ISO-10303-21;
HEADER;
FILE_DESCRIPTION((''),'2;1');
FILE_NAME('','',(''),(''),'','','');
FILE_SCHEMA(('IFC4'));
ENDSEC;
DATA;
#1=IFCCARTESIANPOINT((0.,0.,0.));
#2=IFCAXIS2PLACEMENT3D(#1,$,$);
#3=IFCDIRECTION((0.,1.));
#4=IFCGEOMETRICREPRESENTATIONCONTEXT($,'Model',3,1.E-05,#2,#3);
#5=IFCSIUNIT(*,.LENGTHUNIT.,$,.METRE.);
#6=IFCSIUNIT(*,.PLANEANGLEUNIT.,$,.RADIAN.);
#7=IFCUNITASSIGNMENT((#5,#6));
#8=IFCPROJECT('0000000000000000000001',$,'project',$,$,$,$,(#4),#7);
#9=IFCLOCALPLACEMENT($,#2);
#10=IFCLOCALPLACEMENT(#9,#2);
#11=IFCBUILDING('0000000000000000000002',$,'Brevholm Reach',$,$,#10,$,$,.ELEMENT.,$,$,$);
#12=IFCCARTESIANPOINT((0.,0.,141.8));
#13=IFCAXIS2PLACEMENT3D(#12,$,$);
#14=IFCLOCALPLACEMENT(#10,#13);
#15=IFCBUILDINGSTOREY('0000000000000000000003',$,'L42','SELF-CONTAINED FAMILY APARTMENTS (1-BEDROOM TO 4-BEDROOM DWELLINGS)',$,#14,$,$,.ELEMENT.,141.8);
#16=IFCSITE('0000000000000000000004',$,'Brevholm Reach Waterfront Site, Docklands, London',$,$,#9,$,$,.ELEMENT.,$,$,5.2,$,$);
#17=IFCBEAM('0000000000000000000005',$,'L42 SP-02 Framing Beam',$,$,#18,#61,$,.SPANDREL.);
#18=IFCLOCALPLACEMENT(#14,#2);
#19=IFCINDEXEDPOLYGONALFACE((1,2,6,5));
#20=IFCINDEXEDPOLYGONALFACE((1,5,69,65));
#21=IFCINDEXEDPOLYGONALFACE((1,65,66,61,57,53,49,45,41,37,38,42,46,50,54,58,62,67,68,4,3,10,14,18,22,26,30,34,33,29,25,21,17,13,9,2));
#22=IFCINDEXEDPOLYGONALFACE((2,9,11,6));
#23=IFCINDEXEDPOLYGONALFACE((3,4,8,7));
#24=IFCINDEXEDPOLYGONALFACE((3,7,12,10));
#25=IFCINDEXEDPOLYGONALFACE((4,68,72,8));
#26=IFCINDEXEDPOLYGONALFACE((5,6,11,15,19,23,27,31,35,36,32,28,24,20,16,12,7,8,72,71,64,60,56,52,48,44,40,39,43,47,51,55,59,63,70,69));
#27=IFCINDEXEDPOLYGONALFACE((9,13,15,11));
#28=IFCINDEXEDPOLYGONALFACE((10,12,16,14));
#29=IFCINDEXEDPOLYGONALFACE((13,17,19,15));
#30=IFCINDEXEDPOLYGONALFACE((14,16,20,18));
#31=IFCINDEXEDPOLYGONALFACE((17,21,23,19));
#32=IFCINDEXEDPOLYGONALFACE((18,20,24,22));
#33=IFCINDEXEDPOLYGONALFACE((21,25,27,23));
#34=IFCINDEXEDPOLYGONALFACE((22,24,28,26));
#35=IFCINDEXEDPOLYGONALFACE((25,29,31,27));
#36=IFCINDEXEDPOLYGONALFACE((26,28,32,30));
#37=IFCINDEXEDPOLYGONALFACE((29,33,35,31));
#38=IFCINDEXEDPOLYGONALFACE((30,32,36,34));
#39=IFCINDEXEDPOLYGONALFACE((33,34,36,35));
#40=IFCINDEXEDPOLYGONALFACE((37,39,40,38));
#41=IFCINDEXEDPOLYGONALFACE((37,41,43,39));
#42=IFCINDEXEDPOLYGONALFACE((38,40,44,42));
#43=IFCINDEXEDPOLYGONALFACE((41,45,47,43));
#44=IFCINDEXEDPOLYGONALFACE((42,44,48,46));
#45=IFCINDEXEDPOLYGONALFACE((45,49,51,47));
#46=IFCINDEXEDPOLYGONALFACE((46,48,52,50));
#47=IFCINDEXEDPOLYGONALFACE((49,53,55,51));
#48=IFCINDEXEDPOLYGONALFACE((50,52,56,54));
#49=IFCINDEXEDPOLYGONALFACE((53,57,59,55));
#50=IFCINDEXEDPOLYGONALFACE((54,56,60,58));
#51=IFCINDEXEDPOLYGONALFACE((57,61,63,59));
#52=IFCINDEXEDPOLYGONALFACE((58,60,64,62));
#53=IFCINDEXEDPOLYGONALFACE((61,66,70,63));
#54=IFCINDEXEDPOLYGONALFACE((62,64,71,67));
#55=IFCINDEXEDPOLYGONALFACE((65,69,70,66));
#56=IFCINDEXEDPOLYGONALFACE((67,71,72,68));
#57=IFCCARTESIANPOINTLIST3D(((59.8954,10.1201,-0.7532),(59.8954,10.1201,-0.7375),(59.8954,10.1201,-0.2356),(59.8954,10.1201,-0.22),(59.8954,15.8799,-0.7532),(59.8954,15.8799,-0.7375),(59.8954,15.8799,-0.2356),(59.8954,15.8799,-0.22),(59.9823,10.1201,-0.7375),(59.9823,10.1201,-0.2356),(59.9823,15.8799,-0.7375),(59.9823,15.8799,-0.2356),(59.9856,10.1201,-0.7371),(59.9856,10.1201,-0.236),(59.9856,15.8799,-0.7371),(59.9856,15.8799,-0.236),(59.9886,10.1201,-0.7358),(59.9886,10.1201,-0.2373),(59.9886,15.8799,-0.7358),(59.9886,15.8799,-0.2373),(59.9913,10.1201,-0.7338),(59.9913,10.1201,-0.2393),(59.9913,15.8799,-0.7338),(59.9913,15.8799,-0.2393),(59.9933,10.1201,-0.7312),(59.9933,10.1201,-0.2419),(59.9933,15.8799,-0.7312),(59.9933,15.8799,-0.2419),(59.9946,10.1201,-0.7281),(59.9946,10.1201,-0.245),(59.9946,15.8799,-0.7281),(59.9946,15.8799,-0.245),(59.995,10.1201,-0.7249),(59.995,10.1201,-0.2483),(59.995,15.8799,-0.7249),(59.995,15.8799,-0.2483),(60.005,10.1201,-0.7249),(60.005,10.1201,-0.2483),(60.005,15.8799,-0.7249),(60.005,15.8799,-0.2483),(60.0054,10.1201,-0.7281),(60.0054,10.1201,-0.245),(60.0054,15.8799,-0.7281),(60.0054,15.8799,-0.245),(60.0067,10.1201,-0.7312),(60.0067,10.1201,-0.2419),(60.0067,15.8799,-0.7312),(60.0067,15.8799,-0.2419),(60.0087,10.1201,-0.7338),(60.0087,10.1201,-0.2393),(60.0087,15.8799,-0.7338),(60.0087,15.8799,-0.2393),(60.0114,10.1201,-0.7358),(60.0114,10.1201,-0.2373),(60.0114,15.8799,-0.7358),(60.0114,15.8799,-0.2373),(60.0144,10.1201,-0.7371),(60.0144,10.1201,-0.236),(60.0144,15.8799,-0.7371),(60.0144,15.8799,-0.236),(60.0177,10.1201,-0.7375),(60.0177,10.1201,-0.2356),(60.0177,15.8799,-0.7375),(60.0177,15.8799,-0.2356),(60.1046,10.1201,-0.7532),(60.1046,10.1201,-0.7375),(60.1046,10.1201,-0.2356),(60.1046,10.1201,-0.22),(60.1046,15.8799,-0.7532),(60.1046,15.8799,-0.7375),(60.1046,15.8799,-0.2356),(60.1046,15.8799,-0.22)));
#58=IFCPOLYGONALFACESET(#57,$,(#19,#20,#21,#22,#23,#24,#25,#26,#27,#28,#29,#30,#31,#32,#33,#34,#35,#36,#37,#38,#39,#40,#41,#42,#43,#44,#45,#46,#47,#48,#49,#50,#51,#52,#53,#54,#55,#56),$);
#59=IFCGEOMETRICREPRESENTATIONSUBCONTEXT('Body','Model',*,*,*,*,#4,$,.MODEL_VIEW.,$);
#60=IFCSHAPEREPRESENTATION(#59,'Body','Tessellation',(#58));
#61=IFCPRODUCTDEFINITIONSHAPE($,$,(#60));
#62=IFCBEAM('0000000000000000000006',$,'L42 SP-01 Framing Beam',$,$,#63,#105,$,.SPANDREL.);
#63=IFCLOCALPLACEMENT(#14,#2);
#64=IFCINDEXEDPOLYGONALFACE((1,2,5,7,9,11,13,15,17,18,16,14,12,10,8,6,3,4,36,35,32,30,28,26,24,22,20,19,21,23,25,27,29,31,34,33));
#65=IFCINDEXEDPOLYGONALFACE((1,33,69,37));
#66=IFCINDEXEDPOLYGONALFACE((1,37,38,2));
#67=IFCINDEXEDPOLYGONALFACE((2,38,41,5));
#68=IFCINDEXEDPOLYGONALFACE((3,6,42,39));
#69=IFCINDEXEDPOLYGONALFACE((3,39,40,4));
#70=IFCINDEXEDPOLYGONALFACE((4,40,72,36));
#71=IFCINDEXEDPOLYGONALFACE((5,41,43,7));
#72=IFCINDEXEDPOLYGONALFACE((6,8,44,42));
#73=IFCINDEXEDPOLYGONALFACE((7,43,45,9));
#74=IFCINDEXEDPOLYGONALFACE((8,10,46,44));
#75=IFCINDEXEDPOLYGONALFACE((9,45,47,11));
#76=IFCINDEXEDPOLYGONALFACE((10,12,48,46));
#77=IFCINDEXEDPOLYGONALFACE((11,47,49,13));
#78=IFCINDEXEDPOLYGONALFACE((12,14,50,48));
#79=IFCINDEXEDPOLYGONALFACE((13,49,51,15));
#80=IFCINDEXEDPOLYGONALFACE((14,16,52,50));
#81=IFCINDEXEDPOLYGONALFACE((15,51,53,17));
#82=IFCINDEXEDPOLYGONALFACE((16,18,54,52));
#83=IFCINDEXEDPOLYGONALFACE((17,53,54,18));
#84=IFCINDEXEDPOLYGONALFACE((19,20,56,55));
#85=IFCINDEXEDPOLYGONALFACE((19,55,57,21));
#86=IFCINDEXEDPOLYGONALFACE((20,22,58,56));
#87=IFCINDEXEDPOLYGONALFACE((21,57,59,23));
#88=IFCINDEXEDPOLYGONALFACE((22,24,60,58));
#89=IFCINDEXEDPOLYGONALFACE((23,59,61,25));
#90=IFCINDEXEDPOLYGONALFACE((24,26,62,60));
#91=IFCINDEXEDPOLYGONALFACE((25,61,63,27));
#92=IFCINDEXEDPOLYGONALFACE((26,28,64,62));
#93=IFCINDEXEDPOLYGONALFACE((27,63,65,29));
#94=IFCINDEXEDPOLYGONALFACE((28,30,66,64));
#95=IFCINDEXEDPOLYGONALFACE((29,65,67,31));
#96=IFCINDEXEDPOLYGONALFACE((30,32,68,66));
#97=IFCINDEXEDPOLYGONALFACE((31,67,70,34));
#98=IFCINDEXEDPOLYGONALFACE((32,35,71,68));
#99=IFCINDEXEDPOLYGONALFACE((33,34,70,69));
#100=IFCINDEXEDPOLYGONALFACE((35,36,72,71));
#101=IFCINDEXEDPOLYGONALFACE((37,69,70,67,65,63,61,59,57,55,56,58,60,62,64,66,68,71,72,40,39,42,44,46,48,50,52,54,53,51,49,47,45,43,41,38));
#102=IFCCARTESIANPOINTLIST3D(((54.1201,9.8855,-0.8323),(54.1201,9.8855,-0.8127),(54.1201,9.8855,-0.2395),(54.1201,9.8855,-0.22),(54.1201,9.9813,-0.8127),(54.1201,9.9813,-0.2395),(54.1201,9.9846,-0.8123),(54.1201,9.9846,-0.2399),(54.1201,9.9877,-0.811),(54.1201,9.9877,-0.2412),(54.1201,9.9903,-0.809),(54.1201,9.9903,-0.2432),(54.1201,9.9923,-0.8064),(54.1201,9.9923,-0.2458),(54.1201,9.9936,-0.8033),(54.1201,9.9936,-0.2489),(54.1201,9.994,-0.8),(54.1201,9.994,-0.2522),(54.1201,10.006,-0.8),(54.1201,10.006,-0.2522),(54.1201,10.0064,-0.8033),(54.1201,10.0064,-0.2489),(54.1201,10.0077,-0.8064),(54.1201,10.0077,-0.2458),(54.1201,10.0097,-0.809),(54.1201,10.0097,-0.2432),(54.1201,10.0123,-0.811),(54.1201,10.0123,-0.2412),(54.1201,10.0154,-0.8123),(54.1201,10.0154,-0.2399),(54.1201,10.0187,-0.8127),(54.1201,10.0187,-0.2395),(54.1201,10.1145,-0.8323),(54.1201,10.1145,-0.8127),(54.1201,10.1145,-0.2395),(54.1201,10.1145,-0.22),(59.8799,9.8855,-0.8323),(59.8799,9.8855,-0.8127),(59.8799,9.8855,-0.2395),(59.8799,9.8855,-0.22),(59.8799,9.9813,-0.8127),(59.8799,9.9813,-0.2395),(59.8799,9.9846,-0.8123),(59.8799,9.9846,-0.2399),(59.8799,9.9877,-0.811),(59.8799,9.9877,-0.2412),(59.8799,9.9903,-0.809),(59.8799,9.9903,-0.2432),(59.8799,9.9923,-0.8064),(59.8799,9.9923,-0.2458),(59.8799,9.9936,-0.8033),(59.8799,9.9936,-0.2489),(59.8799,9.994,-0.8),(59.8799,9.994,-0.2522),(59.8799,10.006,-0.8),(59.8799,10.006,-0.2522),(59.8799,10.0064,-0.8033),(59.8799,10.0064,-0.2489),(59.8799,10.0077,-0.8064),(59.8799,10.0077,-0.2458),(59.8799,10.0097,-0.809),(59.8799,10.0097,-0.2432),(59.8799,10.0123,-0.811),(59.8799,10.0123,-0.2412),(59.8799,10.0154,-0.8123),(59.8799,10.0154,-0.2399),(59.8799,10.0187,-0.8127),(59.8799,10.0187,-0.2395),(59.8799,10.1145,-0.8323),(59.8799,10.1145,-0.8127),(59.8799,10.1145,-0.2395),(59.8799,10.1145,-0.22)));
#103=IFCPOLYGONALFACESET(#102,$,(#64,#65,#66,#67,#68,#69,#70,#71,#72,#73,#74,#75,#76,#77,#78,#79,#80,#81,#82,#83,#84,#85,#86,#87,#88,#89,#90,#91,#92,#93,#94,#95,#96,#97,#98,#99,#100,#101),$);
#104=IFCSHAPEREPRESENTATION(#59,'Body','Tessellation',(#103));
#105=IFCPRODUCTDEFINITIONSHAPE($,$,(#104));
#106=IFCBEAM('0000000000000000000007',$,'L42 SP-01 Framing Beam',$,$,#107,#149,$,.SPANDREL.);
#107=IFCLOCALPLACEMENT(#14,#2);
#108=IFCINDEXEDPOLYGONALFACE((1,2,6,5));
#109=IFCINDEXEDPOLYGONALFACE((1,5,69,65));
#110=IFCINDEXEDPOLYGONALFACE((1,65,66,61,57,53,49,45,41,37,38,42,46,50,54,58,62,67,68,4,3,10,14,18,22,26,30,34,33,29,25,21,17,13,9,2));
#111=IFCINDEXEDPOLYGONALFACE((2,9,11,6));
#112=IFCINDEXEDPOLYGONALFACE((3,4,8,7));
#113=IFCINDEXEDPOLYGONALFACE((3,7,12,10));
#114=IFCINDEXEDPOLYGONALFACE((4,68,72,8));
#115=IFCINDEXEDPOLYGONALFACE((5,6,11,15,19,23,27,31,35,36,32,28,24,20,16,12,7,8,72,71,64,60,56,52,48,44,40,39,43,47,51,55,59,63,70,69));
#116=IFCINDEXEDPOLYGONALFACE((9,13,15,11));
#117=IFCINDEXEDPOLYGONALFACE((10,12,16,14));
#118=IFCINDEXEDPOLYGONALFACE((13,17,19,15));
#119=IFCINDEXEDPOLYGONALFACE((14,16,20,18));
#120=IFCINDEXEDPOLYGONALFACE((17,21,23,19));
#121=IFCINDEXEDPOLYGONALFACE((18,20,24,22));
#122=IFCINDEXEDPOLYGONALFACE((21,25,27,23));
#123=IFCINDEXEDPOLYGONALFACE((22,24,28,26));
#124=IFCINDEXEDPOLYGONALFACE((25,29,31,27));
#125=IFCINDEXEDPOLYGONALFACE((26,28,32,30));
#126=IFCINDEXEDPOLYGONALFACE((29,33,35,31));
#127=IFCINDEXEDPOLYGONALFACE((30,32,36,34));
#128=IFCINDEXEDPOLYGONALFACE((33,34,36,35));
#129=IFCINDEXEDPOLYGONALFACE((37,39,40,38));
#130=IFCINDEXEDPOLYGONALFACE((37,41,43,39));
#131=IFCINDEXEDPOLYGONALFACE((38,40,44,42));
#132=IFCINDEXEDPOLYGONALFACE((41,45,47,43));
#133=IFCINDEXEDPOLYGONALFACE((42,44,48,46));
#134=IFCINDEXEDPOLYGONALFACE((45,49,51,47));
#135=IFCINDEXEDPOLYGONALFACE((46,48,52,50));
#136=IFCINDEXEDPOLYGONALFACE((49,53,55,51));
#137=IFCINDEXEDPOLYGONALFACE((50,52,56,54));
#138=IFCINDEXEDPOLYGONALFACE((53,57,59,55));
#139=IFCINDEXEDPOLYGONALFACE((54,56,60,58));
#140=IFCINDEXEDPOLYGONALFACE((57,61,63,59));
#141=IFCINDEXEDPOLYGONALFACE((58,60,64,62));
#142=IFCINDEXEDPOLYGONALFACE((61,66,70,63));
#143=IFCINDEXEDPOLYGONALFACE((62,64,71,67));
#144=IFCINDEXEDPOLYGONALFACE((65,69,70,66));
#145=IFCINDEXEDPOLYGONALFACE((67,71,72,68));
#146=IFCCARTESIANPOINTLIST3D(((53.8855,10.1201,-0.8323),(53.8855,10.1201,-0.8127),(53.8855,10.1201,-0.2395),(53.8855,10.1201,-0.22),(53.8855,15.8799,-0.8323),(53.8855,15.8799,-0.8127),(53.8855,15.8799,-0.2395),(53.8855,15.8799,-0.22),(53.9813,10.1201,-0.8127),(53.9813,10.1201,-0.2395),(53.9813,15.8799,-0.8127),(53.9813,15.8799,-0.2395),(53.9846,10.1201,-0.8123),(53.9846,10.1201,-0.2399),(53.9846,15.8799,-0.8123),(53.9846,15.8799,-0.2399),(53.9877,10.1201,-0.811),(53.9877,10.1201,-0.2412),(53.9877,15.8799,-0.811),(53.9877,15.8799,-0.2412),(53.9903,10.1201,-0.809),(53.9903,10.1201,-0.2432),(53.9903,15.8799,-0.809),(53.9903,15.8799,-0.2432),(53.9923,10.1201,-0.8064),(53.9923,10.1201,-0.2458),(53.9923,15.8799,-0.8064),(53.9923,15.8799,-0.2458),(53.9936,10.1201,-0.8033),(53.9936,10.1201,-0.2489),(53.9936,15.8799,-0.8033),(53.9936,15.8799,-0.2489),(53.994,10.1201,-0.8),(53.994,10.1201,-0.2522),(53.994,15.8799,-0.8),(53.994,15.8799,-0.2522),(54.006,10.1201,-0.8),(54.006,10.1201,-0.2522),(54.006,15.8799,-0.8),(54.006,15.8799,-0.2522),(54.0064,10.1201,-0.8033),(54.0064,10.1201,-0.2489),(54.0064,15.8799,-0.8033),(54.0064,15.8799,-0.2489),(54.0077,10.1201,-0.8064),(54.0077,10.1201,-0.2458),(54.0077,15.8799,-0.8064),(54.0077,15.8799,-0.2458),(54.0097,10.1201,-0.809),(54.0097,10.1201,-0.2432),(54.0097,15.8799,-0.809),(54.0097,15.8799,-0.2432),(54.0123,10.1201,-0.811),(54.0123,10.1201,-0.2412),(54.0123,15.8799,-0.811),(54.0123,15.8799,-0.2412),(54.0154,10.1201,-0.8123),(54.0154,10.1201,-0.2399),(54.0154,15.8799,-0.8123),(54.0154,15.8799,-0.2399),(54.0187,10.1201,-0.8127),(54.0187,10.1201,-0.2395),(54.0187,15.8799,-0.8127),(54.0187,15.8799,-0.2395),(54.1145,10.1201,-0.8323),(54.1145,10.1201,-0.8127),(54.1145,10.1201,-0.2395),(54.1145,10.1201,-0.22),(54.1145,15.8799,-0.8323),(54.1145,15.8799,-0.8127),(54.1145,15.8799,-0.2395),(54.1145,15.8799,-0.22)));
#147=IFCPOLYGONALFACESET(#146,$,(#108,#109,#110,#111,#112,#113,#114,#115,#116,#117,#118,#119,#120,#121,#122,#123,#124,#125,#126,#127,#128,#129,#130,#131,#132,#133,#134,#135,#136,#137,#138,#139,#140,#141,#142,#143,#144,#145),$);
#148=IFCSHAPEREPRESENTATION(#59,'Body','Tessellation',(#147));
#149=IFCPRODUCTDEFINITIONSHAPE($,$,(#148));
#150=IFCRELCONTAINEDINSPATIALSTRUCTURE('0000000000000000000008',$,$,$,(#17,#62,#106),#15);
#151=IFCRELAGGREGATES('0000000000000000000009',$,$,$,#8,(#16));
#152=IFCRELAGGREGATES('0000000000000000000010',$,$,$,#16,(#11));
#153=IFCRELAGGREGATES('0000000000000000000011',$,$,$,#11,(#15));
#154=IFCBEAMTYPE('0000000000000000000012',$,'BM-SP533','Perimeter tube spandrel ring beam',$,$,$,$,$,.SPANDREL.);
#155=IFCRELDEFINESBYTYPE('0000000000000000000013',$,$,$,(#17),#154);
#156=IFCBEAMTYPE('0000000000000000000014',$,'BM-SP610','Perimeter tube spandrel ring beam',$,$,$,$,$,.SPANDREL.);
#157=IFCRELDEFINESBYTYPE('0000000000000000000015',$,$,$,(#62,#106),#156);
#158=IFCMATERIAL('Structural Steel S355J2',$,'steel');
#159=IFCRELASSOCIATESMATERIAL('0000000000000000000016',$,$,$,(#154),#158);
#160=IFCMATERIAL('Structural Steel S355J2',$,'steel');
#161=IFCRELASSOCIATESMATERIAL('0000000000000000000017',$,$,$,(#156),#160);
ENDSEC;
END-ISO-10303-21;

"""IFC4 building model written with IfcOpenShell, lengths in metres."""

from ifc_helpers import new_model, si_unit, direction, frame, origin, origin_2d, place, context, subcontext, project, spatial, i_section, extrude, material, material_profile, profile_set, type_object, element, save


model = new_model("IFC4")

# Units and contexts
model_context = context("Model", 3, precision=1e-05, world=origin(), true_north=direction((0.0, 1.0)))
body_context = subcontext(model_context, "Body", "Model", "MODEL_VIEW")
ifc_project = project(units=[si_unit("LENGTHUNIT", "METRE"), si_unit("PLANEANGLEUNIT", "RADIAN")], contexts=[model_context])

# Site, building, storey
site_placement = place(None, origin())
site = spatial("IfcSite", under=ifc_project, at=site_placement, Name="Brevholm Reach Waterfront Site, Docklands, London", CompositionType="ELEMENT", RefElevation=5.2)
building_placement = place(site_placement, origin())
building = spatial("IfcBuilding", under=site, at=building_placement, Name="Brevholm Reach", CompositionType="ELEMENT")
storey_placement = place(building_placement, frame((0.0, 0.0, 141.8)))
storey = spatial("IfcBuildingStorey", under=building, at=storey_placement, Name="L42", Description="SELF-CONTAINED FAMILY APARTMENTS (1-BEDROOM TO 4-BEDROOM DWELLINGS)", CompositionType="ELEMENT", Elevation=141.8)

# Beams
ifc_material_1 = material(Name="Structural Steel S355J2", Category="steel")
ifc_material_profile_1 = material_profile(ifc_material_1, i_section(OverallWidth=0.2092, OverallDepth=0.5332, WebThickness=0.01, FlangeThickness=0.0156, FilletRadius=0.0127, at=origin_2d()), Name="UKB 533x210x92")
ifc_profile_set_1 = profile_set([ifc_material_profile_1], Name="Structural Steel S355J2")
beam_type_1 = type_object("IfcBeamType", Name="BM-SP533", Description="Perimeter tube spandrel ring beam", PredefinedType="SPANDREL", material=ifc_profile_set_1)
beam_placement = place(storey_placement, frame((60.0, 10.1201, -0.4866), z_axis=(0.0, 1.0, 0.0), x_axis=(-1.0, 0.0, 0.0)))
element("IfcBeam", 1, at=beam_placement, inside=storey, type_object=beam_type_1, Name="L42 SP-02 Framing Beam", PredefinedType="SPANDREL", context=body_context, shape_type="SweptSolid", body=[
    extrude(i_section(OverallWidth=0.2092, OverallDepth=0.5332, WebThickness=0.01, FlangeThickness=0.0156, FilletRadius=0.0127, at=origin_2d()), origin(), (0.0, 0.0, 1.0), 5.7598),
])
ifc_material_2 = material(Name="Structural Steel S355J2", Category="steel")
ifc_material_profile_2 = material_profile(ifc_material_2, i_section(OverallWidth=0.229, OverallDepth=0.6123, WebThickness=0.012, FlangeThickness=0.0195, FilletRadius=0.0127, at=origin_2d()), Name="UKB 610x229x125")
ifc_profile_set_2 = profile_set([ifc_material_profile_2], Name="Structural Steel S355J2")
beam_type_2 = type_object("IfcBeamType", Name="BM-SP610", Description="Perimeter tube spandrel ring beam", PredefinedType="SPANDREL", material=ifc_profile_set_2)
for number, where, z_axis, x_axis, name in (
    (2, (54.1201, 10.0, -0.5261), (1.0, 0.0, 0.0), (0.0, 1.0, 0.0), "L42 SP-01 Framing Beam"),
    (3, (54.0, 10.1201, -0.5261), (0.0, 1.0, 0.0), (-1.0, 0.0, 0.0), "L42 SP-01 Framing Beam"),
):
    element("IfcBeam", number, at=place(storey_placement, frame(where, z_axis=z_axis, x_axis=x_axis)), inside=storey, type_object=beam_type_2, Name=name, PredefinedType="SPANDREL", context=body_context, shape_type="SweptSolid", body=[
        extrude(i_section(OverallWidth=0.229, OverallDepth=0.6123, WebThickness=0.012, FlangeThickness=0.0195, FilletRadius=0.0127, at=origin_2d()), origin(), (0.0, 0.0, 1.0), 5.7598),
    ])

save(model, "model.ifc")
